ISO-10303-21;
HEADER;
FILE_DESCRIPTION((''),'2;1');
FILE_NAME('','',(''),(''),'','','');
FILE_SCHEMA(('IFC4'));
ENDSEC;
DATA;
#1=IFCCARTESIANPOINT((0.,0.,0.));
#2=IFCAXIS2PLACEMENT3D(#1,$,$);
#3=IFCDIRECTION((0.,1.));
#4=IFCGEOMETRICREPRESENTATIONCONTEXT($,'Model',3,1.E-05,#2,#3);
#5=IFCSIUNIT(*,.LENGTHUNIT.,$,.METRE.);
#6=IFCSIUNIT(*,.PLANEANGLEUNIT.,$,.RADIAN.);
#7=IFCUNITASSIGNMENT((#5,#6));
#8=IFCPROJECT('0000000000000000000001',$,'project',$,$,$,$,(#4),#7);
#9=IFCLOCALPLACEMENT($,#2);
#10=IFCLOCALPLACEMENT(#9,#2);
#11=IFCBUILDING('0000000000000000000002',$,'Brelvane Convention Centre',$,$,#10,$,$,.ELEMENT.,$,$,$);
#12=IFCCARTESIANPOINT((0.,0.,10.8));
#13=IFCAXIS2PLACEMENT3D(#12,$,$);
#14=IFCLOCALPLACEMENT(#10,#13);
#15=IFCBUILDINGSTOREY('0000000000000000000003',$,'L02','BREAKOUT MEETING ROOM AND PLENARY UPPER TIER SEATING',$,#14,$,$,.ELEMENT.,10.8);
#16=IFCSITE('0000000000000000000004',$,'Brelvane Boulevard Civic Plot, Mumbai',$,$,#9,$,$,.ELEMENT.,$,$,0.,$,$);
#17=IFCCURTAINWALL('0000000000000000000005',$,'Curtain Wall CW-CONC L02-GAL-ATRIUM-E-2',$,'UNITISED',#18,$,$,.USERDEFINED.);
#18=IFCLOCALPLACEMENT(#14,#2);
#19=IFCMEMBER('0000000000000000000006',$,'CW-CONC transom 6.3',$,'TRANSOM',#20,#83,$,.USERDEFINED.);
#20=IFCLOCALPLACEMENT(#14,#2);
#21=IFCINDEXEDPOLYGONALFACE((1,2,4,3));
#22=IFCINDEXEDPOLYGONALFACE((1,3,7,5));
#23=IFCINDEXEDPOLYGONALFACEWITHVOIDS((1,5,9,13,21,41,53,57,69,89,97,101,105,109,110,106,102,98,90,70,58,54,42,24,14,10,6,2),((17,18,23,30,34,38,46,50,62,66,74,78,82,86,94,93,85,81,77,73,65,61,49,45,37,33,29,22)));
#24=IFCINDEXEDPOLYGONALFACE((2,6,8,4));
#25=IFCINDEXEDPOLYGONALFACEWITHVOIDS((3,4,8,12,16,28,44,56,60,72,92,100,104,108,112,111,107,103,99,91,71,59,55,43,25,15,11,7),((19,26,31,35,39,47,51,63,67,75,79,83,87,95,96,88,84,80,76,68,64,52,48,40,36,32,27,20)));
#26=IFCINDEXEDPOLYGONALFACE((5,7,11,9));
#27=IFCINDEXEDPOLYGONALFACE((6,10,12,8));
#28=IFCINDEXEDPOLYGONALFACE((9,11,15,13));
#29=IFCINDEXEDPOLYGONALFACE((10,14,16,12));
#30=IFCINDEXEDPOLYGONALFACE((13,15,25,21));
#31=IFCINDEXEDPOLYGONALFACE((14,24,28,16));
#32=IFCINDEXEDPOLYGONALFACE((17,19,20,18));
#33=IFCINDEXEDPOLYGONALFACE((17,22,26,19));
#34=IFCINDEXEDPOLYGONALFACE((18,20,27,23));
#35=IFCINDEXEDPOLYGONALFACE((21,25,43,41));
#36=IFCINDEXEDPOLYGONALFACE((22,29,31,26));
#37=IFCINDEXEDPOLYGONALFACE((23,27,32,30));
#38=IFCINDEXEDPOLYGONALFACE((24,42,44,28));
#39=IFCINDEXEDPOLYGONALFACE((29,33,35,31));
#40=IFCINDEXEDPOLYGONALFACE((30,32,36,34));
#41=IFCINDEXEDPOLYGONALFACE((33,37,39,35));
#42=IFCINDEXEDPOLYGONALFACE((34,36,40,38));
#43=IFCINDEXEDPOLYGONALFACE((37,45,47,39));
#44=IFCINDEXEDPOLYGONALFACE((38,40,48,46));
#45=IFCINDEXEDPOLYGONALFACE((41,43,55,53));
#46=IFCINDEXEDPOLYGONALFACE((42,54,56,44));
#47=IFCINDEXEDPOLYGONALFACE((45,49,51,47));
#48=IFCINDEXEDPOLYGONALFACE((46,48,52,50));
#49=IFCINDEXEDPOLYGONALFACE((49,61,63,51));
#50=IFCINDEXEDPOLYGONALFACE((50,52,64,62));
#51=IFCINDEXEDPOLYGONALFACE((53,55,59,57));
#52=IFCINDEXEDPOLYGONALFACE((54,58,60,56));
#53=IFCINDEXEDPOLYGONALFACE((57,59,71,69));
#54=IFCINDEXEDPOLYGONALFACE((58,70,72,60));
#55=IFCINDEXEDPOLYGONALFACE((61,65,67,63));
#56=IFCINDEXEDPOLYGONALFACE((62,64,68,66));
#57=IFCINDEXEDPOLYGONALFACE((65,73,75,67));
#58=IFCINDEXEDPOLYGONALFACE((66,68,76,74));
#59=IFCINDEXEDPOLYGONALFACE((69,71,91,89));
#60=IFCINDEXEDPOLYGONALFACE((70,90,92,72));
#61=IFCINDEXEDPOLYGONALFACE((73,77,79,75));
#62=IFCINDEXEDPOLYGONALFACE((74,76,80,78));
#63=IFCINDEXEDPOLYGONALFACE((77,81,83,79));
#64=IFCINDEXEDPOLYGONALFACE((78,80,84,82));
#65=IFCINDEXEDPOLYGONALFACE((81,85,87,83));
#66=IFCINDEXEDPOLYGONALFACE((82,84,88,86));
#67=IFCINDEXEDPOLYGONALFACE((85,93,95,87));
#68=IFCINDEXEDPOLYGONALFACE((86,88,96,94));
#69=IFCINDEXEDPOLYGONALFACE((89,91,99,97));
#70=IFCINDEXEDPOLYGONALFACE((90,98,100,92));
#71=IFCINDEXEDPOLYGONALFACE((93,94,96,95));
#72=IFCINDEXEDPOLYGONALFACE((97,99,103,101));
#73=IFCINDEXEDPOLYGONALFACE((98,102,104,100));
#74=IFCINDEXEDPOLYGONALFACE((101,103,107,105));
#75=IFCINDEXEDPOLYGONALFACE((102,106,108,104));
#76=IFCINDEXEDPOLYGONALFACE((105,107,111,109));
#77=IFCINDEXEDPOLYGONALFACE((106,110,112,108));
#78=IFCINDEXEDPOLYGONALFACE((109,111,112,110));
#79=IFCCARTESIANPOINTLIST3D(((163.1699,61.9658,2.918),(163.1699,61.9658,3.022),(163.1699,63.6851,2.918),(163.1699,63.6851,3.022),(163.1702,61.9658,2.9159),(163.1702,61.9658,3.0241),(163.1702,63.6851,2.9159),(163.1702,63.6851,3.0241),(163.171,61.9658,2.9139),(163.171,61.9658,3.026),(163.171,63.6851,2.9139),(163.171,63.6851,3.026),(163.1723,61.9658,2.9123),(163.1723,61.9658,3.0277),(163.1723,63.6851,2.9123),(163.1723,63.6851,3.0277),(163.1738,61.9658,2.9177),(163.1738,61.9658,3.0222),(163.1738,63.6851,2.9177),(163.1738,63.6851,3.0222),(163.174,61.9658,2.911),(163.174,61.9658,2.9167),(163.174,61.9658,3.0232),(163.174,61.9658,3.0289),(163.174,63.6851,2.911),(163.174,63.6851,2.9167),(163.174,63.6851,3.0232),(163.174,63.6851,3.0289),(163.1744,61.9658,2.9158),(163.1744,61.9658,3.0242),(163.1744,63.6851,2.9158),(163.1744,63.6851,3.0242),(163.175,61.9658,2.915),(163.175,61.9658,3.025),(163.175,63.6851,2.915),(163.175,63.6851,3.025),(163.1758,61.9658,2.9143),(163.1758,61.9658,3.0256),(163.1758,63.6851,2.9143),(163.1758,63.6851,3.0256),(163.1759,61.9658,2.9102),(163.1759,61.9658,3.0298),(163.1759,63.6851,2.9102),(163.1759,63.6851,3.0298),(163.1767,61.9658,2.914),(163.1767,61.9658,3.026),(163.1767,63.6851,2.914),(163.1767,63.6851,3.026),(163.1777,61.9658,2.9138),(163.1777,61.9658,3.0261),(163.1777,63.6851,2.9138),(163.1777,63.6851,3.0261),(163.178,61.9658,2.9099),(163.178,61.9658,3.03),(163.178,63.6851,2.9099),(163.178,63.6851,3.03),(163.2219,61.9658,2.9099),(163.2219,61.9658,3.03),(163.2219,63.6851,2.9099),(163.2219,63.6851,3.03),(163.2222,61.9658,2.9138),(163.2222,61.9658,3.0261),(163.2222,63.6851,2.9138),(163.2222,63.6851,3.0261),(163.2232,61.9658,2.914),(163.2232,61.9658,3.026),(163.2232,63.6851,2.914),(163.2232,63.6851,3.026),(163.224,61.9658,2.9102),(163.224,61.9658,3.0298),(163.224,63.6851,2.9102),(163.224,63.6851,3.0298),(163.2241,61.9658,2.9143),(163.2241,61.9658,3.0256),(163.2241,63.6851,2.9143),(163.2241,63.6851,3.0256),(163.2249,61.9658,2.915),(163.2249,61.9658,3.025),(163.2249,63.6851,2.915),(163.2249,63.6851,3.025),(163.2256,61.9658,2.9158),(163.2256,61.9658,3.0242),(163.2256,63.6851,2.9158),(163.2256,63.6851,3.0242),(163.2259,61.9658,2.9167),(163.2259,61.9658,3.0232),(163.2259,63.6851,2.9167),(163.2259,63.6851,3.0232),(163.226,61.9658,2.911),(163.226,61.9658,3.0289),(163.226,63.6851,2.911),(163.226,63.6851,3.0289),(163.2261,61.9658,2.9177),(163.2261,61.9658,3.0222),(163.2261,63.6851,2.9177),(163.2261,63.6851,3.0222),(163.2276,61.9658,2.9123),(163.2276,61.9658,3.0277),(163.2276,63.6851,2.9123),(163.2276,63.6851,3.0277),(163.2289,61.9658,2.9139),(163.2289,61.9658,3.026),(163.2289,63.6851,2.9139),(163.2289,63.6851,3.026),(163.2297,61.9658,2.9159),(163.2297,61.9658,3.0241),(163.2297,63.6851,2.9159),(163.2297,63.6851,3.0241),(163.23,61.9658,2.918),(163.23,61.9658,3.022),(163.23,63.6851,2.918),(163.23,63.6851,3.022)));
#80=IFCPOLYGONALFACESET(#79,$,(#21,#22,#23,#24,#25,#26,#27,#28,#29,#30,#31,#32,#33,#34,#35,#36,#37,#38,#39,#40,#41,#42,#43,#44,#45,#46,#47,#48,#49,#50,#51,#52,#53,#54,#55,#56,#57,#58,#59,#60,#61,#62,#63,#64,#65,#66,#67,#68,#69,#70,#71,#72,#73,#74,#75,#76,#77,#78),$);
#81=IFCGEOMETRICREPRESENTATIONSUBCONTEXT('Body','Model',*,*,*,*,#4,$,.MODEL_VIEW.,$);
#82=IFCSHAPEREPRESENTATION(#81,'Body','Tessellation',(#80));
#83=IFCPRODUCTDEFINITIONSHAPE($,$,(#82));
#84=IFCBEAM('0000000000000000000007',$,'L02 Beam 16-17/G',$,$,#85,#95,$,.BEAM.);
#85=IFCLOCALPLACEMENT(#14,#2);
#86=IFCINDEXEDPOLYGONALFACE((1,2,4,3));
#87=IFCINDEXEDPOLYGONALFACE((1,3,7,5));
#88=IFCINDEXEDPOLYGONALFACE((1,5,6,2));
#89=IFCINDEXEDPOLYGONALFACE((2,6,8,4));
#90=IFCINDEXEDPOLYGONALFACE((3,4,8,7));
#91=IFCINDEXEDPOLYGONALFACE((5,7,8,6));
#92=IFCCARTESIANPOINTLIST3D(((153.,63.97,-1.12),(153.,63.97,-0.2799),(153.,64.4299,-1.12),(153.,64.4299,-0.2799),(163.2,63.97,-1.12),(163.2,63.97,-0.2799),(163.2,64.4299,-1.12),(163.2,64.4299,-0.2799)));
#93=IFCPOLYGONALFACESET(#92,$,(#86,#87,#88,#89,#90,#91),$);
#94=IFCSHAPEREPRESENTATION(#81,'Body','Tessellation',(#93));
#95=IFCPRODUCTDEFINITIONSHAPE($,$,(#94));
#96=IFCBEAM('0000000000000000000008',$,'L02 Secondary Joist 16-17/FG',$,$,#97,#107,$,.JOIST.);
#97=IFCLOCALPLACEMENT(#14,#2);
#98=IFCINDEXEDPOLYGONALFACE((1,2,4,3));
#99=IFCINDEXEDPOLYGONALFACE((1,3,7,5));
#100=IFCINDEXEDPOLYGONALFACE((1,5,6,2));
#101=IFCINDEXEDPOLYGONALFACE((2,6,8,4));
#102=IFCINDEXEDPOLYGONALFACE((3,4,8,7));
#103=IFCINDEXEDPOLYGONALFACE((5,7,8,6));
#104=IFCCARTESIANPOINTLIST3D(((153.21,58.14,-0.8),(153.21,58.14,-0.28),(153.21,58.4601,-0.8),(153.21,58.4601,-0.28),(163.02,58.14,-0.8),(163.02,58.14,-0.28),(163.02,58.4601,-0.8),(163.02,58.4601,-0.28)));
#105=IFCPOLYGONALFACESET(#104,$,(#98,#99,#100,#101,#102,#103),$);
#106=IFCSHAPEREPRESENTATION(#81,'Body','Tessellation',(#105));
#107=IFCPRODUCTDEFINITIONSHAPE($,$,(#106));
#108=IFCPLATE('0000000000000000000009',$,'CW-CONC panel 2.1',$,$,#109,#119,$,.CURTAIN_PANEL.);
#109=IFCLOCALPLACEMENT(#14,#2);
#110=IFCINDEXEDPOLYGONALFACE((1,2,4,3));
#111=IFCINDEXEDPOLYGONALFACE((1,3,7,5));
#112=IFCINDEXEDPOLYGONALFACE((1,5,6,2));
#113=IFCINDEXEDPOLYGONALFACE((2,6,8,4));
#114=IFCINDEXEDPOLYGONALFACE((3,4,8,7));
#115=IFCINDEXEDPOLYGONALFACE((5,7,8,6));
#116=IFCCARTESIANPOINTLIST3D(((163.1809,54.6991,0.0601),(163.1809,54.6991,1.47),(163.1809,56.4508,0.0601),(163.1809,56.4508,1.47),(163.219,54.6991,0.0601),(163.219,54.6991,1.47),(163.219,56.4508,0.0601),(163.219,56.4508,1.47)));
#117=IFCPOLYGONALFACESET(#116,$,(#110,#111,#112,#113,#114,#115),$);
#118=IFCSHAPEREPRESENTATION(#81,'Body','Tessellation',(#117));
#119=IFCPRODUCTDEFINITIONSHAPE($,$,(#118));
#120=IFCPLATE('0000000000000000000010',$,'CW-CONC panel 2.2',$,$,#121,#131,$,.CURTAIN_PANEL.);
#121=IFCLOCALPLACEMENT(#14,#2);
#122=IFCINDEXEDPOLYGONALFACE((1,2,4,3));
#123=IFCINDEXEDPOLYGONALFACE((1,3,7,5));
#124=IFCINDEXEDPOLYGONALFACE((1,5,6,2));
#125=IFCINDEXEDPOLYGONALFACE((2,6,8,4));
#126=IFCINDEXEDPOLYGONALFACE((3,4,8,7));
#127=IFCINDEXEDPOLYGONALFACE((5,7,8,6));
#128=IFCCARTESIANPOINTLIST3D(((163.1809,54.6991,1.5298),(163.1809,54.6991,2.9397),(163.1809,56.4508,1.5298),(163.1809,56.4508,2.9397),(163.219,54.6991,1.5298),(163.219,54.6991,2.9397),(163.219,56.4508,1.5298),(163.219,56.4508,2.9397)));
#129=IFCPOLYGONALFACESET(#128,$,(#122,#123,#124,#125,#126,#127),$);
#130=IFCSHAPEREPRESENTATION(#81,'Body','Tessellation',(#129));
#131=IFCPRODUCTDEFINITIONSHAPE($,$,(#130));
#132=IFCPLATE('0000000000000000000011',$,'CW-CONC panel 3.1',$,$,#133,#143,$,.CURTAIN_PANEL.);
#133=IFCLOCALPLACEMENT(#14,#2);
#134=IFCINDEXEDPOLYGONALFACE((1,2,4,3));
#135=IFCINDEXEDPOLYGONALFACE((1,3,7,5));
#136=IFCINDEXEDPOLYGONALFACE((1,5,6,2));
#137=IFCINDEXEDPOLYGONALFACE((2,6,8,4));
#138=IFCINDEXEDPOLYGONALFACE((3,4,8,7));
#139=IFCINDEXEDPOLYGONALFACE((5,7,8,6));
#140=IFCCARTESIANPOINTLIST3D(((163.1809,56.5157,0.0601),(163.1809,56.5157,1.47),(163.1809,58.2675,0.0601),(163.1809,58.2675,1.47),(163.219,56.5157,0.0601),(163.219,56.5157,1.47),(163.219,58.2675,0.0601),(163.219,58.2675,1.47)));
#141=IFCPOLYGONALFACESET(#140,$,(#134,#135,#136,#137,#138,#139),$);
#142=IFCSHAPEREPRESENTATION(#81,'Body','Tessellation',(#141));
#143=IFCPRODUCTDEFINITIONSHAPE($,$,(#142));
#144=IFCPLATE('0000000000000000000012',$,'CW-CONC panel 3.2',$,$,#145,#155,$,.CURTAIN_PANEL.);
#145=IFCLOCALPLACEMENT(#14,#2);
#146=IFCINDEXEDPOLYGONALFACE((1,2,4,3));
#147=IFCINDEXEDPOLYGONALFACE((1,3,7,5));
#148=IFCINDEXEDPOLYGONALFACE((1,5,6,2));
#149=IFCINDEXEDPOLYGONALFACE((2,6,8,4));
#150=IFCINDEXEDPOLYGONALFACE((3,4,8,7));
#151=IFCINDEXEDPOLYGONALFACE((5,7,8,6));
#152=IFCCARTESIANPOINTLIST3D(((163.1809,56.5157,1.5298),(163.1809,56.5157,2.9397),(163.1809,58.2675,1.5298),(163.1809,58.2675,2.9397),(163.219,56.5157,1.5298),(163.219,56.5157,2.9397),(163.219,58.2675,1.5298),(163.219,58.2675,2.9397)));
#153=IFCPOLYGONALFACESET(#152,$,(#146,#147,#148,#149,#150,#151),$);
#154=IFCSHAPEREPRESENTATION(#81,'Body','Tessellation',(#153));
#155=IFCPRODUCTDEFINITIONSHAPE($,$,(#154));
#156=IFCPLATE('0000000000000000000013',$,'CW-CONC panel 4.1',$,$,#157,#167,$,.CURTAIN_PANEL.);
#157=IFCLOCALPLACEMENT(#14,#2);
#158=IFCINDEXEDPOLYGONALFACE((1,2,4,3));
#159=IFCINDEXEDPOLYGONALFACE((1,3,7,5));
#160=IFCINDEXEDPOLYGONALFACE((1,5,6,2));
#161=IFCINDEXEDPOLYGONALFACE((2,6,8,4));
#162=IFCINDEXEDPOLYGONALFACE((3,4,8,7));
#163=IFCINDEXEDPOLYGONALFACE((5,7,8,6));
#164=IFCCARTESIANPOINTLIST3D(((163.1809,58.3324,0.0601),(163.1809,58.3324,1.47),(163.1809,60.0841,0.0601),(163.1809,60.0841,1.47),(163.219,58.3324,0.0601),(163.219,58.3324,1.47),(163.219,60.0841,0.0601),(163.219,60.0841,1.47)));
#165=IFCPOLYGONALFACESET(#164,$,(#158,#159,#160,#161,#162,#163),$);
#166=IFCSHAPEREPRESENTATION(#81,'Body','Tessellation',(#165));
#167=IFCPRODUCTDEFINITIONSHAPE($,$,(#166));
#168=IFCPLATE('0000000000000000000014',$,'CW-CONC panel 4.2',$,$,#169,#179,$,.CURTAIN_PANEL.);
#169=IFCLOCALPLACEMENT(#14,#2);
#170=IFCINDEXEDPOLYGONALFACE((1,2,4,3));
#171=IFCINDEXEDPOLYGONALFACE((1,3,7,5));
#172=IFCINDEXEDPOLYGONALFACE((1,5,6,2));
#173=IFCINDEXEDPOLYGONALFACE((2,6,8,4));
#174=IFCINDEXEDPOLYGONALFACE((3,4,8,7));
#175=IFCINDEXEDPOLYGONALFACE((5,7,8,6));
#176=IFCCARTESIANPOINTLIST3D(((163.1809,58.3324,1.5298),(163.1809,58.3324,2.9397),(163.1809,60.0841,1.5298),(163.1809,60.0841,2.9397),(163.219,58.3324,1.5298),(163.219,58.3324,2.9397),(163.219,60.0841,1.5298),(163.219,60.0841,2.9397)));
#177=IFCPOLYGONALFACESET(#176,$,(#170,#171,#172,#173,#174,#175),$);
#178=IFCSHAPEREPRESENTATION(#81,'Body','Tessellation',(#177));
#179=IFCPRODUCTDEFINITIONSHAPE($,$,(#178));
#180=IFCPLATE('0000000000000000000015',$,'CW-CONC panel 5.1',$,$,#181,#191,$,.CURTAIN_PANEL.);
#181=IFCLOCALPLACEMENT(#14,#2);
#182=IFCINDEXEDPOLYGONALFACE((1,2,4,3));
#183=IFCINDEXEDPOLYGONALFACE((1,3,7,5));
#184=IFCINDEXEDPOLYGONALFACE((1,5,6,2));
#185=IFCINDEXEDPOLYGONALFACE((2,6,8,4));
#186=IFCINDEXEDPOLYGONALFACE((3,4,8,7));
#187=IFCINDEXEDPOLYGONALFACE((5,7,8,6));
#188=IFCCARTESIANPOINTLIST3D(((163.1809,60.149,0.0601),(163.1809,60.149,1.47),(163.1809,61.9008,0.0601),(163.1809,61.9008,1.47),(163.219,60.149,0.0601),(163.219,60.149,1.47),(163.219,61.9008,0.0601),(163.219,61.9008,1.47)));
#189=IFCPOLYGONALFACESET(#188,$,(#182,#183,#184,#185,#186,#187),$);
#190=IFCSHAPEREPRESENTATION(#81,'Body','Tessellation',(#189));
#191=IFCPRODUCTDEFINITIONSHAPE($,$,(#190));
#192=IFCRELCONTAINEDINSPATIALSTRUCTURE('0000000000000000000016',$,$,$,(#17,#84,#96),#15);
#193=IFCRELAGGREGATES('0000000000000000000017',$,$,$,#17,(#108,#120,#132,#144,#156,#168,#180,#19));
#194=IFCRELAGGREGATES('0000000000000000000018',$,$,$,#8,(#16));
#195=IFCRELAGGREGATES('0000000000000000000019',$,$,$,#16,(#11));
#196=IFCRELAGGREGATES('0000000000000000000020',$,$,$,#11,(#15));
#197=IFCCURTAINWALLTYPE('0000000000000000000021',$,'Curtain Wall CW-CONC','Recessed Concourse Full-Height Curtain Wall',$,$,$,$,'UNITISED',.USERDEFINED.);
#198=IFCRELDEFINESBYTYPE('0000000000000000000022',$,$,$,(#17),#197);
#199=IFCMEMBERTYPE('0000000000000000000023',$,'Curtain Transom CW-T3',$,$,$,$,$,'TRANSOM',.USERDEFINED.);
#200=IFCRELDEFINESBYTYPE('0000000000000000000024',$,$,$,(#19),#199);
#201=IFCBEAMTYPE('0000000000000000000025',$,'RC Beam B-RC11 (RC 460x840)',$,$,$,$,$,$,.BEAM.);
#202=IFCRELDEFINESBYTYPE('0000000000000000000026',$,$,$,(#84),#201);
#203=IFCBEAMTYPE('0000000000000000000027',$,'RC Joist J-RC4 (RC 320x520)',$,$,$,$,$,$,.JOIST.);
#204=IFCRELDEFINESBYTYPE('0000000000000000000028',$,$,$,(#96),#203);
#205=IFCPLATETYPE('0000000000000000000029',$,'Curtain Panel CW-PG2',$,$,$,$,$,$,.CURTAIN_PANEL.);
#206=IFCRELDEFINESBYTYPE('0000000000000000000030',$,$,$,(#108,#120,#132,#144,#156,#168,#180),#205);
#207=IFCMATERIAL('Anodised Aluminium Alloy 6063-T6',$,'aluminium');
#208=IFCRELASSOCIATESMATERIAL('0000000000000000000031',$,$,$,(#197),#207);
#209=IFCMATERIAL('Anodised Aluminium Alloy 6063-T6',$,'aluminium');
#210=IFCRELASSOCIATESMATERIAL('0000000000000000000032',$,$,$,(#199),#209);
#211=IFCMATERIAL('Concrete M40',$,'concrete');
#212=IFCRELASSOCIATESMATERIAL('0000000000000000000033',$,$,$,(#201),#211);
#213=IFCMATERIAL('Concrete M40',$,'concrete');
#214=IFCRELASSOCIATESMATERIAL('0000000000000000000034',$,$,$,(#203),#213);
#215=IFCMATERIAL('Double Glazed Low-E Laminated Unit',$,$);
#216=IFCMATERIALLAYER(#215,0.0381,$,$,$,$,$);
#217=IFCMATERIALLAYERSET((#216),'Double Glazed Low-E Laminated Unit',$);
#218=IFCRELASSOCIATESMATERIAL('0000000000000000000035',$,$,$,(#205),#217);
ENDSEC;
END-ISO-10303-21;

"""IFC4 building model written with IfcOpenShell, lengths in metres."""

from ifc_helpers import new_model, si_unit, direction, frame, origin, origin_2d, place, context, subcontext, project, spatial, rectangle, hollow_rectangle, extrude, material, layer, layer_set, material_profile, profile_set, type_object, element, aggregate, save


model = new_model("IFC4")

# Units and contexts
model_context = context("Model", 3, precision=1e-05, world=origin(), true_north=direction((0.0, 1.0)))
body_context = subcontext(model_context, "Body", "Model", "MODEL_VIEW")
ifc_project = project(units=[si_unit("LENGTHUNIT", "METRE"), si_unit("PLANEANGLEUNIT", "RADIAN")], contexts=[model_context])

# Site, building, storey
site_placement = place(None, origin())
site = spatial("IfcSite", under=ifc_project, at=site_placement, Name="Brelvane Boulevard Civic Plot, Mumbai", CompositionType="ELEMENT", RefElevation=0.0)
building_placement = place(site_placement, origin())
building = spatial("IfcBuilding", under=site, at=building_placement, Name="Brelvane Convention Centre", CompositionType="ELEMENT")
storey_placement = place(building_placement, frame((0.0, 0.0, 10.8)))
storey = spatial("IfcBuildingStorey", under=building, at=storey_placement, Name="L02", Description="BREAKOUT MEETING ROOM AND PLENARY UPPER TIER SEATING", CompositionType="ELEMENT", Elevation=10.8)

# Curtain wall, member
ifc_material_1 = material(Name="Anodised Aluminium Alloy 6063-T6", Category="aluminium")
curtain_wall_type = type_object("IfcCurtainWallType", Name="Curtain Wall CW-CONC", Description="Recessed Concourse Full-Height Curtain Wall", ElementType="UNITISED", PredefinedType="USERDEFINED", material=ifc_material_1)
curtain_wall_placement = place(storey_placement, origin())
curtain_wall = element("IfcCurtainWall", 1, at=curtain_wall_placement, inside=storey, type_object=curtain_wall_type, Name="Curtain Wall CW-CONC L02-GAL-ATRIUM-E-2", ObjectType="UNITISED", PredefinedType="USERDEFINED")
ifc_material_2 = material(Name="Anodised Aluminium Alloy 6063-T6", Category="aluminium")
ifc_material_profile_1 = material_profile(ifc_material_2, hollow_rectangle(XDim=0.0601, YDim=0.1201, WallThickness=0.0039, InnerFilletRadius=0.0039, OuterFilletRadius=0.0081, at=origin_2d()), Name="ALU-T 120x60x4.0")
ifc_profile_set_1 = profile_set([ifc_material_profile_1], Name="Anodised Aluminium Alloy 6063-T6")
member_type_1 = type_object("IfcMemberType", Name="Curtain Transom CW-T3", ElementType="TRANSOM", PredefinedType="USERDEFINED", material=ifc_profile_set_1)
member_1_placement = place(storey_placement, frame((163.2, 61.9658, 2.97), z_axis=(0.0, 1.0, 0.0), x_axis=(-1.0, 0.0, 0.0)))
member_1 = element("IfcMember", 2, at=member_1_placement, type_object=member_type_1, Name="CW-CONC transom 6.3", ObjectType="TRANSOM", PredefinedType="USERDEFINED", context=body_context, shape_type="SweptSolid", body=[
    extrude(hollow_rectangle(XDim=0.0601, YDim=0.1201, WallThickness=0.0039, InnerFilletRadius=0.0039, OuterFilletRadius=0.0081, at=origin_2d()), origin(), (0.0, 0.0, 1.0), 1.7192),
])

# Beams
ifc_material_3 = material(Name="Concrete M40", Category="concrete")
ifc_material_profile_2 = material_profile(ifc_material_3, rectangle(XDim=0.46, YDim=0.8401, at=origin_2d()), Name="RC 460x840")
ifc_profile_set_2 = profile_set([ifc_material_profile_2], Name="Concrete M40")
beam_type_1 = type_object("IfcBeamType", Name="RC Beam B-RC11 (RC 460x840)", PredefinedType="BEAM", material=ifc_profile_set_2)
beam_1_placement = place(storey_placement, frame((153.0, 64.2, -0.7), z_axis=(1.0, 0.0, 0.0), x_axis=(0.0, 1.0, 0.0)))
element("IfcBeam", 3, at=beam_1_placement, inside=storey, type_object=beam_type_1, Name="L02 Beam 16-17/G", PredefinedType="BEAM", context=body_context, shape_type="SweptSolid", body=[
    extrude(rectangle(XDim=0.46, YDim=0.8401, at=origin_2d()), origin(), (0.0, 0.0, 1.0), 10.2),
])
ifc_material_4 = material(Name="Concrete M40", Category="concrete")
ifc_material_profile_3 = material_profile(ifc_material_4, rectangle(XDim=0.3201, YDim=0.52, at=origin_2d()), Name="RC 320x520")
ifc_profile_set_3 = profile_set([ifc_material_profile_3], Name="Concrete M40")
beam_type_2 = type_object("IfcBeamType", Name="RC Joist J-RC4 (RC 320x520)", PredefinedType="JOIST", material=ifc_profile_set_3)
beam_2_placement = place(storey_placement, frame((153.21, 58.3, -0.54), z_axis=(1.0, 0.0, 0.0), x_axis=(0.0, 1.0, 0.0)))
element("IfcBeam", 4, at=beam_2_placement, inside=storey, type_object=beam_type_2, Name="L02 Secondary Joist 16-17/FG", PredefinedType="JOIST", context=body_context, shape_type="SweptSolid", body=[
    extrude(rectangle(XDim=0.3201, YDim=0.52, at=origin_2d()), origin(), (0.0, 0.0, 1.0), 9.8101),
])

# Plates
ifc_material_5 = material(Name="Double Glazed Low-E Laminated Unit")
ifc_layer = layer(ifc_material_5, 0.0381)
ifc_layer_set = layer_set([ifc_layer], Name="Double Glazed Low-E Laminated Unit")
plate_type = type_object("IfcPlateType", Name="Curtain Panel CW-PG2", PredefinedType="CURTAIN_PANEL", material=ifc_layer_set)
plate_1_placement = place(storey_placement, frame((163.2, 55.575, 0.0601), z_axis=(0.0, 0.0, 1.0), x_axis=(0.0, 1.0, 0.0)))
plate_1 = element("IfcPlate", 5, at=plate_1_placement, type_object=plate_type, Name="CW-CONC panel 2.1", PredefinedType="CURTAIN_PANEL", context=body_context, shape_type="SweptSolid", body=[
    extrude(rectangle(XDim=1.7517, YDim=0.0381, at=origin_2d()), origin(), (0.0, 0.0, 1.0), 1.4099),
])
plate_2_placement = place(storey_placement, frame((163.2, 55.575, 1.5298), z_axis=(0.0, 0.0, 1.0), x_axis=(0.0, 1.0, 0.0)))
plate_2 = element("IfcPlate", 6, at=plate_2_placement, type_object=plate_type, Name="CW-CONC panel 2.2", PredefinedType="CURTAIN_PANEL", context=body_context, shape_type="SweptSolid", body=[
    extrude(rectangle(XDim=1.7517, YDim=0.0381, at=origin_2d()), origin(), (0.0, 0.0, 1.0), 1.4099),
])
plate_3_placement = place(storey_placement, frame((163.2, 57.3916, 0.0601), z_axis=(0.0, 0.0, 1.0), x_axis=(0.0, 1.0, 0.0)))
plate_3 = element("IfcPlate", 7, at=plate_3_placement, type_object=plate_type, Name="CW-CONC panel 3.1", PredefinedType="CURTAIN_PANEL", context=body_context, shape_type="SweptSolid", body=[
    extrude(rectangle(XDim=1.7517, YDim=0.0381, at=origin_2d()), origin(), (0.0, 0.0, 1.0), 1.4099),
])
plate_4_placement = place(storey_placement, frame((163.2, 57.3916, 1.5298), z_axis=(0.0, 0.0, 1.0), x_axis=(0.0, 1.0, 0.0)))
plate_4 = element("IfcPlate", 8, at=plate_4_placement, type_object=plate_type, Name="CW-CONC panel 3.2", PredefinedType="CURTAIN_PANEL", context=body_context, shape_type="SweptSolid", body=[
    extrude(rectangle(XDim=1.7517, YDim=0.0381, at=origin_2d()), origin(), (0.0, 0.0, 1.0), 1.4099),
])
plate_5_placement = place(storey_placement, frame((163.2, 59.2083, 0.0601), z_axis=(0.0, 0.0, 1.0), x_axis=(0.0, 1.0, 0.0)))
plate_5 = element("IfcPlate", 9, at=plate_5_placement, type_object=plate_type, Name="CW-CONC panel 4.1", PredefinedType="CURTAIN_PANEL", context=body_context, shape_type="SweptSolid", body=[
    extrude(rectangle(XDim=1.7517, YDim=0.0381, at=origin_2d()), origin(), (0.0, 0.0, 1.0), 1.4099),
])
plate_6_placement = place(storey_placement, frame((163.2, 59.2083, 1.5298), z_axis=(0.0, 0.0, 1.0), x_axis=(0.0, 1.0, 0.0)))
plate_6 = element("IfcPlate", 10, at=plate_6_placement, type_object=plate_type, Name="CW-CONC panel 4.2", PredefinedType="CURTAIN_PANEL", context=body_context, shape_type="SweptSolid", body=[
    extrude(rectangle(XDim=1.7517, YDim=0.0381, at=origin_2d()), origin(), (0.0, 0.0, 1.0), 1.4099),
])
plate_7_placement = place(storey_placement, frame((163.2, 61.0249, 0.0601), z_axis=(0.0, 0.0, 1.0), x_axis=(0.0, 1.0, 0.0)))
plate_7 = element("IfcPlate", 11, at=plate_7_placement, type_object=plate_type, Name="CW-CONC panel 5.1", PredefinedType="CURTAIN_PANEL", context=body_context, shape_type="SweptSolid", body=[
    extrude(rectangle(XDim=1.7517, YDim=0.0381, at=origin_2d()), origin(), (0.0, 0.0, 1.0), 1.4099),
])
aggregate(curtain_wall, [plate_1, plate_2, plate_3, plate_4, plate_5, plate_6, plate_7, member_1])

save(model, "model.ifc")
